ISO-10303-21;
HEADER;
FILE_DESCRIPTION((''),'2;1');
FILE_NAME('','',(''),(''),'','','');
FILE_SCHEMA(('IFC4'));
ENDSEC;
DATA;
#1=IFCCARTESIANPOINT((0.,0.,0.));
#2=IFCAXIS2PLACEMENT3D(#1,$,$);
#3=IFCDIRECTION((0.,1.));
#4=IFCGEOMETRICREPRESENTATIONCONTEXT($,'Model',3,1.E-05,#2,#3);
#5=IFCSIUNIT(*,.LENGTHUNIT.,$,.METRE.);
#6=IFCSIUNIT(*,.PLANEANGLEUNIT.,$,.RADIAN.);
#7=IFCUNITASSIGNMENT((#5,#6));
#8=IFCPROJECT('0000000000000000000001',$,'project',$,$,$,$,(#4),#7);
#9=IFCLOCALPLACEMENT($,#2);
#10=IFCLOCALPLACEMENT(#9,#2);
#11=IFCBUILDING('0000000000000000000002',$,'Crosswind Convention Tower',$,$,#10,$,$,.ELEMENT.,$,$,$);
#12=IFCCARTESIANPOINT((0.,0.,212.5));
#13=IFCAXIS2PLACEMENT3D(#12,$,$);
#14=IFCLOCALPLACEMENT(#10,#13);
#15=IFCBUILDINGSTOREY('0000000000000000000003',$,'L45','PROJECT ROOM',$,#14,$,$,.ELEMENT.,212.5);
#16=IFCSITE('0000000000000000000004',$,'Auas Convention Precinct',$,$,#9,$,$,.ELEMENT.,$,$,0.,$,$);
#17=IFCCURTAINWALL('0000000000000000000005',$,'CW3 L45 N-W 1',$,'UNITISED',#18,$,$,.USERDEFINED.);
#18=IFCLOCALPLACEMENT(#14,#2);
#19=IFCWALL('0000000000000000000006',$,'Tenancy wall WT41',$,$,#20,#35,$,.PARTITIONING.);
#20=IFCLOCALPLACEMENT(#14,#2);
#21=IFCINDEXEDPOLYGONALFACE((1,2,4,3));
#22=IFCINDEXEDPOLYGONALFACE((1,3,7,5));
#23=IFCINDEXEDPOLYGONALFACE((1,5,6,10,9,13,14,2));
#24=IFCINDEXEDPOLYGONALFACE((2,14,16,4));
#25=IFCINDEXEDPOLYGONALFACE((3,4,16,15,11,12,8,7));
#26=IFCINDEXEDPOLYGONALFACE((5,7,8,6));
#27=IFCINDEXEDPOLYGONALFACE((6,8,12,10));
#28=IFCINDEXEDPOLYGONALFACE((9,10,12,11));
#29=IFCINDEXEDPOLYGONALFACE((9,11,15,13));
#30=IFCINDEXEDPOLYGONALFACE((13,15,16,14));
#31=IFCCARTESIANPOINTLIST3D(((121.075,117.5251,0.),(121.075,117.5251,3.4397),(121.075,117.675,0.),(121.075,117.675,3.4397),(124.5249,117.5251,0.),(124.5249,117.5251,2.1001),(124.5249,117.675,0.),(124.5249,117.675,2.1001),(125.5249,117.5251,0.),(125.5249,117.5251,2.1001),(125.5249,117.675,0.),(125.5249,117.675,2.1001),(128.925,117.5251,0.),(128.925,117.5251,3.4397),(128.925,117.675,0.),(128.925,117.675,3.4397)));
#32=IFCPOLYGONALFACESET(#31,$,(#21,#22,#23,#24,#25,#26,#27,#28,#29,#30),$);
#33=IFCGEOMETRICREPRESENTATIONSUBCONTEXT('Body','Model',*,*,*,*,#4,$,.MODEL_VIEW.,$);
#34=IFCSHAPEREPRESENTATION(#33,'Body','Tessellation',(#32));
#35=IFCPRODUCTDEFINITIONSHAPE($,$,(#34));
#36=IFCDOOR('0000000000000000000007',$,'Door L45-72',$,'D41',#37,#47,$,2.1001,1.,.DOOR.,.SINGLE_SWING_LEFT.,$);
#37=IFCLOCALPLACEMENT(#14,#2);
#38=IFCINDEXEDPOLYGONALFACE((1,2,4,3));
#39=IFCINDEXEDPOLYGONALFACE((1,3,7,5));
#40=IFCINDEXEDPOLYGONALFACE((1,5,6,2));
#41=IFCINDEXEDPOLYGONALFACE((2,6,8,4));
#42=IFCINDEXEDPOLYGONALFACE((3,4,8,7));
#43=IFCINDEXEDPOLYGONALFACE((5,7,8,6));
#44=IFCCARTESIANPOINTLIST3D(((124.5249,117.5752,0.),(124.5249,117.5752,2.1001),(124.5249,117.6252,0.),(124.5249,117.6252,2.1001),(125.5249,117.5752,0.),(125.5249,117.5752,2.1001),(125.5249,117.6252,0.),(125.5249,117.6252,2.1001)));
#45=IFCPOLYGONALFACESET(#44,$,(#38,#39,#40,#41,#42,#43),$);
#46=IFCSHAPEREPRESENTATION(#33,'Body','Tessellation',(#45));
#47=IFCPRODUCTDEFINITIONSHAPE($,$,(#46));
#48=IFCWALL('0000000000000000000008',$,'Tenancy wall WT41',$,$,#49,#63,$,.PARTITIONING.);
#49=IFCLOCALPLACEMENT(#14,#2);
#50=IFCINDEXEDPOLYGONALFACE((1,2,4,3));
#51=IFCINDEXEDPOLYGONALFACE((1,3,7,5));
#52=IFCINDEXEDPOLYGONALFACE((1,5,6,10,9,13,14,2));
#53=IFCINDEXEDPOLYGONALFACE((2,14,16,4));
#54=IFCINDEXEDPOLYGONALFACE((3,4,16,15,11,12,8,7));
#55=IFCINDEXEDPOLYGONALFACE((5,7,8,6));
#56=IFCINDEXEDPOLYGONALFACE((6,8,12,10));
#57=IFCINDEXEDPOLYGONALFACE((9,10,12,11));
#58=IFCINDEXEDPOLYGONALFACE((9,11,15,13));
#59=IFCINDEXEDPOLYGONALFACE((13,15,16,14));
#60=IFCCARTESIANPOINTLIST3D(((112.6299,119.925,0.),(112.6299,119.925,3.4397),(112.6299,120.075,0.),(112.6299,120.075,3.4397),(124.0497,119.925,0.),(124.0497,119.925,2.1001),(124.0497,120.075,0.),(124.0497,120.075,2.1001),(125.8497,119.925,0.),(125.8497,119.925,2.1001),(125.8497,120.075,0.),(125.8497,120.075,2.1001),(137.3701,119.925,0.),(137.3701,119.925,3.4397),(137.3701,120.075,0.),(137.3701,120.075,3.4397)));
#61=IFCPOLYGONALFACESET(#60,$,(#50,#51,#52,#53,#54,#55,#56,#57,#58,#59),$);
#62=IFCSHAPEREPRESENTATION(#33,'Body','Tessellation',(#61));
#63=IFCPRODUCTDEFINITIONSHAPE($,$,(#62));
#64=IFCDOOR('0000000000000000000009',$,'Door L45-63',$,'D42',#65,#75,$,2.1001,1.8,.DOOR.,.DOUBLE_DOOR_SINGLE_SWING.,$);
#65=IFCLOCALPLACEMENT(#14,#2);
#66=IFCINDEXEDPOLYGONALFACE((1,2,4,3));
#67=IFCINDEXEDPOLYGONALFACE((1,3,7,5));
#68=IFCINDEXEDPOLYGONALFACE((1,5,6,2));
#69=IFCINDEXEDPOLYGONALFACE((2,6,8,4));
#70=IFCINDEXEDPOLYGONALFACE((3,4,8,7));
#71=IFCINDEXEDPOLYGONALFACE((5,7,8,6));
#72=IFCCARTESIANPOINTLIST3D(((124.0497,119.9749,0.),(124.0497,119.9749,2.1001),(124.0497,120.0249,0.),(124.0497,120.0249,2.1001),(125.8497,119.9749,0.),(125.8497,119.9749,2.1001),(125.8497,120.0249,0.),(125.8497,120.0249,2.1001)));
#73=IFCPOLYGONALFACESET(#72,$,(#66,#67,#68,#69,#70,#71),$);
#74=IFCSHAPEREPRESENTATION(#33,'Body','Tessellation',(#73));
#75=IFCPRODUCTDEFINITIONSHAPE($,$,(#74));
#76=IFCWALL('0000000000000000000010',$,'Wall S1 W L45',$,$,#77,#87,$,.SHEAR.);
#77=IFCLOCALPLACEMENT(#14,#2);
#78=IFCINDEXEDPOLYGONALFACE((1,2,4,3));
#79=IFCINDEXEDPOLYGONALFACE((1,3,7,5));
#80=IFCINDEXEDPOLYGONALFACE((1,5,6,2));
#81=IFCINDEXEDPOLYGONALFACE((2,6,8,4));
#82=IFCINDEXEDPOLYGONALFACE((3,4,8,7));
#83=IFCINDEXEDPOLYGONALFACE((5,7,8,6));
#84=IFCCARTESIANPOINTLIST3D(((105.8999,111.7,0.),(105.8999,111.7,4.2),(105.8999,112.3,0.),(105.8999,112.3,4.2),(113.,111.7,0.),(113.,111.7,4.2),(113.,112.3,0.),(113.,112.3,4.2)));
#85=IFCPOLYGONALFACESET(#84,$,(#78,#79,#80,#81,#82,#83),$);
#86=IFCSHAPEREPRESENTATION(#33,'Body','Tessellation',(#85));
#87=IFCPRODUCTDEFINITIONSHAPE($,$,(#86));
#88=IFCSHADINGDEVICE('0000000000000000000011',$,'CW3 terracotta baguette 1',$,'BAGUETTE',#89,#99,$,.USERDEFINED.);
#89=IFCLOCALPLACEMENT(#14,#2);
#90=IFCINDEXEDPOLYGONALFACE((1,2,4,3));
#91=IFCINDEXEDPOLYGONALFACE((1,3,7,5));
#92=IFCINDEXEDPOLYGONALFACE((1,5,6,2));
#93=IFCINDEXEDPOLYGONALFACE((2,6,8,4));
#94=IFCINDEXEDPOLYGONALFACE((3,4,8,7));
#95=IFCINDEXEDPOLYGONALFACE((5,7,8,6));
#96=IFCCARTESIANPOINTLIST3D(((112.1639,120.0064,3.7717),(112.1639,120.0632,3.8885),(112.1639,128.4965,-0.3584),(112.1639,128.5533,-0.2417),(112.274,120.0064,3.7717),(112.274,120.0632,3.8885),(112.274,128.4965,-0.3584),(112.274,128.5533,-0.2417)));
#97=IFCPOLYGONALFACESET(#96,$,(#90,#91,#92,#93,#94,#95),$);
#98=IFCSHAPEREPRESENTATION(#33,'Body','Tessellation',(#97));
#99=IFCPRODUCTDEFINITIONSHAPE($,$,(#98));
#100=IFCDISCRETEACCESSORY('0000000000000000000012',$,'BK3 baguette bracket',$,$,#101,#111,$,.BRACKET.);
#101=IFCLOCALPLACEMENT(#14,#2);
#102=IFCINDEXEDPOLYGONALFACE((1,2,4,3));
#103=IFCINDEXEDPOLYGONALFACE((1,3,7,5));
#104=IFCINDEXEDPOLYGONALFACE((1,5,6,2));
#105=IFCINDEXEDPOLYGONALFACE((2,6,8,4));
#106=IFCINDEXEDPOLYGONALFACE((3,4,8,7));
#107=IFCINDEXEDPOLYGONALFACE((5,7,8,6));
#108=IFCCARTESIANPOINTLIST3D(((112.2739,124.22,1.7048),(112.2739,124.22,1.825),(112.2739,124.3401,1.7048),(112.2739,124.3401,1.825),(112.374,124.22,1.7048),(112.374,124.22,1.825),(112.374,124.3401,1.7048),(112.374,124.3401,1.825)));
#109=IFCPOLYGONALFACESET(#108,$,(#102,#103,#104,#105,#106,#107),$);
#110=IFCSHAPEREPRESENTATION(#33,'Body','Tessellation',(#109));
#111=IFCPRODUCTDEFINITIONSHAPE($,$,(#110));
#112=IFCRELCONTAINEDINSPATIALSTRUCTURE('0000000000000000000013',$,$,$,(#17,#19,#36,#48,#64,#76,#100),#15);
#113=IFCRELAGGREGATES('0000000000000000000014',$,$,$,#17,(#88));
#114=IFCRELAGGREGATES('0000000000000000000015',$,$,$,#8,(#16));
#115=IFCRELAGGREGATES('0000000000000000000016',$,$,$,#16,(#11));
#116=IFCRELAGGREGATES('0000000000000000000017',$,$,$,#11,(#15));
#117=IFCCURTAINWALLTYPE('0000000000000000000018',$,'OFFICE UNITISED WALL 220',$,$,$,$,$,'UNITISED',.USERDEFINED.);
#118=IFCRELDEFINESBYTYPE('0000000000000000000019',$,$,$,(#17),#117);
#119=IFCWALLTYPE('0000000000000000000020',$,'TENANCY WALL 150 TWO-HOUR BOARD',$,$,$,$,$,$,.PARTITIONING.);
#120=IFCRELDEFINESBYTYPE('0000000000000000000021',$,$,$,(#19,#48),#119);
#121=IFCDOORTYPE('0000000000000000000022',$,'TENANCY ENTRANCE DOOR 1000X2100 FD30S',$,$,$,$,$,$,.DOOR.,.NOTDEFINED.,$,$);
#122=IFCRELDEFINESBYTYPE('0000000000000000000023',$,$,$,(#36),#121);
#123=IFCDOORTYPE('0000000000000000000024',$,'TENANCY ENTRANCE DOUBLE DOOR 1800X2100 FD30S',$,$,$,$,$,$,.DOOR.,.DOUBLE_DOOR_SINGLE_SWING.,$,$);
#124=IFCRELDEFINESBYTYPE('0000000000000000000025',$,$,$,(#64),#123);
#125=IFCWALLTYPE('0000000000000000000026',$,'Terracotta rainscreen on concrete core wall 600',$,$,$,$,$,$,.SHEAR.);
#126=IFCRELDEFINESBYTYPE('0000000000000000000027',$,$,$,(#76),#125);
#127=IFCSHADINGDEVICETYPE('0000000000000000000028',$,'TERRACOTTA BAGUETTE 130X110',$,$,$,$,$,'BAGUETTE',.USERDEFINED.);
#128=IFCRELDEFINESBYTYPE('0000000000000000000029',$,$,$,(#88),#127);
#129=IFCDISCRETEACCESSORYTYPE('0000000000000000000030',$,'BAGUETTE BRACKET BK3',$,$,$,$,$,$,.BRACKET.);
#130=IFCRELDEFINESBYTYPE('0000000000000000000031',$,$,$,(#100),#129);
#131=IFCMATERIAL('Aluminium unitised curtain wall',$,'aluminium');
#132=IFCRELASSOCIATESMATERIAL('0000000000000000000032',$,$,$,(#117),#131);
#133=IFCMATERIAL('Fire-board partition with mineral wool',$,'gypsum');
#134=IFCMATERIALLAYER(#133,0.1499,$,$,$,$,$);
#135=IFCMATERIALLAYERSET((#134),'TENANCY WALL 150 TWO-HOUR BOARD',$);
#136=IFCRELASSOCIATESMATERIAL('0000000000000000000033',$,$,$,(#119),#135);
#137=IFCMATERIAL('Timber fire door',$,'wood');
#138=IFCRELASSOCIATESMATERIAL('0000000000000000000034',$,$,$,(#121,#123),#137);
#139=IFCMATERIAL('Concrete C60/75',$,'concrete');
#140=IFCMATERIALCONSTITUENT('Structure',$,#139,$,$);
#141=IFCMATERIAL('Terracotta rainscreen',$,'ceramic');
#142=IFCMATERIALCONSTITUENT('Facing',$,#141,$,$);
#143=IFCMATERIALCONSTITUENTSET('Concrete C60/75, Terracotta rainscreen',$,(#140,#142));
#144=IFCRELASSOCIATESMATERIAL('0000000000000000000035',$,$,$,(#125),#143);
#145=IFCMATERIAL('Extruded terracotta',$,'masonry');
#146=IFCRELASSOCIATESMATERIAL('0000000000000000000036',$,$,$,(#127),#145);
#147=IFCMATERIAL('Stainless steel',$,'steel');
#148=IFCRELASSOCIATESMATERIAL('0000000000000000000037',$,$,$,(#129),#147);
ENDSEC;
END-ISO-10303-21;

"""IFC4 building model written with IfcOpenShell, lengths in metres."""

from ifc_helpers import new_model, si_unit, direction, frame, frame_2d, origin, origin_2d, place, context, subcontext, project, spatial, rectangle, extrude, material, layer, layer_set, constituent, constituent_set, material_profile, profile_set, type_object, element, fill, aggregate, save


model = new_model("IFC4")

# Units and contexts
model_context = context("Model", 3, precision=1e-05, world=origin(), true_north=direction((0.0, 1.0)))
body_context = subcontext(model_context, "Body", "Model", "MODEL_VIEW")
ifc_project = project(units=[si_unit("LENGTHUNIT", "METRE"), si_unit("PLANEANGLEUNIT", "RADIAN")], contexts=[model_context])

# Site, building, storey
site_placement = place(None, origin())
site = spatial("IfcSite", under=ifc_project, at=site_placement, Name="Auas Convention Precinct", CompositionType="ELEMENT", RefElevation=0.0)
building_placement = place(site_placement, origin())
building = spatial("IfcBuilding", under=site, at=building_placement, Name="Crosswind Convention Tower", CompositionType="ELEMENT")
storey_placement = place(building_placement, frame((0.0, 0.0, 212.5)))
storey = spatial("IfcBuildingStorey", under=building, at=storey_placement, Name="L45", Description="PROJECT ROOM", CompositionType="ELEMENT", Elevation=212.5)

# Shared definitions
ifc_material_1 = material(Name="Concrete C60/75", Category="concrete")

# Shared definitions
ifc_material_2 = material(Name="Aluminium unitised curtain wall", Category="aluminium")
curtain_wall_type_1 = type_object("IfcCurtainWallType", Name="OFFICE UNITISED WALL 220", ElementType="UNITISED", PredefinedType="USERDEFINED", material=ifc_material_2)

# Curtain wall
curtain_wall_1_placement = place(storey_placement, origin())
curtain_wall_1 = element("IfcCurtainWall", 1, at=curtain_wall_1_placement, inside=storey, type_object=curtain_wall_type_1, Name="CW3 L45 N-W 1", ObjectType="UNITISED", PredefinedType="USERDEFINED")

# Walls, openings, doors
ifc_material_3 = material(Name="Fire-board partition with mineral wool", Category="gypsum")
ifc_layer_1 = layer(ifc_material_3, 0.1499)
ifc_layer_set_1 = layer_set([ifc_layer_1], Name="TENANCY WALL 150 TWO-HOUR BOARD")
wall_type_1 = type_object("IfcWallType", Name="TENANCY WALL 150 TWO-HOUR BOARD", PredefinedType="PARTITIONING", material=ifc_layer_set_1)
wall_1_placement = place(storey_placement, frame((121.075, 117.6001, 0.0), z_axis=(0.0, 0.0, 1.0), x_axis=(1.0, 0.0, 0.0)))
wall_1 = element("IfcWall", 2, at=wall_1_placement, inside=storey, type_object=wall_type_1, Name="Tenancy wall WT41", PredefinedType="PARTITIONING", context=body_context, shape_type="SweptSolid", body=[
    extrude(rectangle(XDim=7.8501, YDim=0.1499, at=frame_2d((3.925, 0.0))), origin(), (0.0, 0.0, 1.0), 3.4397),
])
opening_1_placement = place(wall_1_placement, frame((3.45, 0.0, 0.0)))
opening_1 = element("IfcOpeningElement", 3, at=opening_1_placement, cuts=wall_1, PredefinedType="OPENING", context=body_context, shape_type="SweptSolid", body=[
    extrude(rectangle(XDim=1.0, YDim=2.1001, at=frame_2d((0.5, 1.05))), frame((0.0, 0.085, 0.0), z_axis=(0.0, -1.0, 0.0), x_axis=(1.0, 0.0, 0.0)), (0.0, 0.0, 1.0), 0.1699),
])
ifc_material_4 = material(Name="Timber fire door", Category="wood")
door_type_1 = type_object("IfcDoorType", Name="TENANCY ENTRANCE DOOR 1000X2100 FD30S", OperationType="NOTDEFINED", PredefinedType="DOOR", material=ifc_material_4)
door_1_placement = place(opening_1_placement, frame((1.0, 0.0, 0.0), z_axis=(0.0, 0.0, 1.0), x_axis=(-1.0, 0.0, 0.0)))
door_1 = element("IfcDoor", 4, at=door_1_placement, inside=storey, type_object=door_type_1, Name="Door L45-72", ObjectType="D41", OperationType="SINGLE_SWING_LEFT", OverallHeight=2.1001, OverallWidth=1.0, PredefinedType="DOOR", context=body_context, shape_type="SweptSolid", body=[
    extrude(rectangle(XDim=1.0, YDim=2.1001, at=frame_2d((0.5, 1.05))), frame((0.0, 0.0249, 0.0), z_axis=(0.0, -1.0, 0.0), x_axis=(1.0, 0.0, 0.0)), (0.0, 0.0, 1.0), 0.05),
])
fill(opening_1, door_1)
wall_2_placement = place(storey_placement, frame((112.6299, 120.0, 0.0), z_axis=(0.0, 0.0, 1.0), x_axis=(1.0, 0.0, 0.0)))
wall_2 = element("IfcWall", 5, at=wall_2_placement, inside=storey, type_object=wall_type_1, Name="Tenancy wall WT41", PredefinedType="PARTITIONING", context=body_context, shape_type="SweptSolid", body=[
    extrude(rectangle(XDim=24.7402, YDim=0.1499, at=frame_2d((12.3701, 0.0))), origin(), (0.0, 0.0, 1.0), 3.4397),
])
opening_2_placement = place(wall_2_placement, frame((11.4199, 0.0, 0.0)))
opening_2 = element("IfcOpeningElement", 6, at=opening_2_placement, cuts=wall_2, PredefinedType="OPENING", context=body_context, shape_type="SweptSolid", body=[
    extrude(rectangle(XDim=1.8, YDim=2.1001, at=frame_2d((0.8999, 1.05))), frame((0.0, 0.085, 0.0), z_axis=(0.0, -1.0, 0.0), x_axis=(1.0, 0.0, 0.0)), (0.0, 0.0, 1.0), 0.1699),
])
door_type_2 = type_object("IfcDoorType", Name="TENANCY ENTRANCE DOUBLE DOOR 1800X2100 FD30S", OperationType="DOUBLE_DOOR_SINGLE_SWING", PredefinedType="DOOR", material=ifc_material_4)
door_2_placement = place(opening_2_placement, origin())
door_2 = element("IfcDoor", 7, at=door_2_placement, inside=storey, type_object=door_type_2, Name="Door L45-63", ObjectType="D42", OperationType="DOUBLE_DOOR_SINGLE_SWING", OverallHeight=2.1001, OverallWidth=1.8, PredefinedType="DOOR", context=body_context, shape_type="SweptSolid", body=[
    extrude(rectangle(XDim=1.8, YDim=2.1001, at=frame_2d((0.8999, 1.05))), frame((0.0, 0.0249, 0.0), z_axis=(0.0, -1.0, 0.0), x_axis=(1.0, 0.0, 0.0)), (0.0, 0.0, 1.0), 0.05),
])
fill(opening_2, door_2)

# Wall
ifc_constituent_1 = constituent(ifc_material_1, Name="Structure")
ifc_material_5 = material(Name="Terracotta rainscreen", Category="ceramic")
ifc_constituent_2 = constituent(ifc_material_5, Name="Facing")
ifc_constituent_set = constituent_set(constituents=[ifc_constituent_1, ifc_constituent_2], Name="Concrete C60/75, Terracotta rainscreen")
wall_type_2 = type_object("IfcWallType", Name="Terracotta rainscreen on concrete core wall 600", PredefinedType="SHEAR", material=ifc_constituent_set)
wall_3_placement = place(storey_placement, frame((113.0, 112.0, 0.0), z_axis=(0.0, 0.0, 1.0), x_axis=(-1.0, 0.0, 0.0)))
element("IfcWall", 8, at=wall_3_placement, inside=storey, type_object=wall_type_2, Name="Wall S1 W L45", PredefinedType="SHEAR", context=body_context, shape_type="SweptSolid", body=[
    extrude(rectangle(XDim=7.1001, YDim=0.6001, at=frame_2d((3.55, 0.0))), origin(), (0.0, 0.0, 1.0), 4.2),
])

# Shading device
ifc_material_6 = material(Name="Extruded terracotta", Category="masonry")
ifc_material_profile_1 = material_profile(ifc_material_6, rectangle(XDim=0.1101, YDim=0.1299, at=origin_2d()), Name="TC 110X130")
ifc_profile_set_1 = profile_set([ifc_material_profile_1], Name="Extruded terracotta")
shading_device_type = type_object("IfcShadingDeviceType", Name="TERRACOTTA BAGUETTE 130X110", ElementType="BAGUETTE", PredefinedType="USERDEFINED", material=ifc_profile_set_1)
shading_device_placement = place(storey_placement, frame((112.219, 128.5249, -0.3), z_axis=(0.0, -0.899241, 0.437454), x_axis=(1.0, 0.0, 0.0)))
shading_device = element("IfcShadingDevice", 9, at=shading_device_placement, type_object=shading_device_type, Name="CW3 terracotta baguette 1", ObjectType="BAGUETTE", PredefinedType="USERDEFINED", context=body_context, shape_type="SweptSolid", body=[
    extrude(rectangle(XDim=0.1101, YDim=0.1299, at=origin_2d()), origin(), (0.0, 0.0, 1.0), 9.4414),
])
aggregate(curtain_wall_1, [shading_device])

# Discrete accessory
ifc_material_7 = material(Name="Stainless steel", Category="steel")
discrete_accessory_type = type_object("IfcDiscreteAccessoryType", Name="BAGUETTE BRACKET BK3", PredefinedType="BRACKET", material=ifc_material_7)
discrete_accessory_placement = place(storey_placement, frame((112.324, 124.28, 1.7048), z_axis=(0.0, 0.0, 1.0), x_axis=(0.0, -1.0, 0.0)))
element("IfcDiscreteAccessory", 10, at=discrete_accessory_placement, inside=storey, type_object=discrete_accessory_type, Name="BK3 baguette bracket", PredefinedType="BRACKET", context=body_context, shape_type="SweptSolid", body=[
    extrude(rectangle(XDim=0.1201, YDim=0.1001, at=origin_2d()), origin(), (0.0, 0.0, 1.0), 0.1201),
])

save(model, "model.ifc")
